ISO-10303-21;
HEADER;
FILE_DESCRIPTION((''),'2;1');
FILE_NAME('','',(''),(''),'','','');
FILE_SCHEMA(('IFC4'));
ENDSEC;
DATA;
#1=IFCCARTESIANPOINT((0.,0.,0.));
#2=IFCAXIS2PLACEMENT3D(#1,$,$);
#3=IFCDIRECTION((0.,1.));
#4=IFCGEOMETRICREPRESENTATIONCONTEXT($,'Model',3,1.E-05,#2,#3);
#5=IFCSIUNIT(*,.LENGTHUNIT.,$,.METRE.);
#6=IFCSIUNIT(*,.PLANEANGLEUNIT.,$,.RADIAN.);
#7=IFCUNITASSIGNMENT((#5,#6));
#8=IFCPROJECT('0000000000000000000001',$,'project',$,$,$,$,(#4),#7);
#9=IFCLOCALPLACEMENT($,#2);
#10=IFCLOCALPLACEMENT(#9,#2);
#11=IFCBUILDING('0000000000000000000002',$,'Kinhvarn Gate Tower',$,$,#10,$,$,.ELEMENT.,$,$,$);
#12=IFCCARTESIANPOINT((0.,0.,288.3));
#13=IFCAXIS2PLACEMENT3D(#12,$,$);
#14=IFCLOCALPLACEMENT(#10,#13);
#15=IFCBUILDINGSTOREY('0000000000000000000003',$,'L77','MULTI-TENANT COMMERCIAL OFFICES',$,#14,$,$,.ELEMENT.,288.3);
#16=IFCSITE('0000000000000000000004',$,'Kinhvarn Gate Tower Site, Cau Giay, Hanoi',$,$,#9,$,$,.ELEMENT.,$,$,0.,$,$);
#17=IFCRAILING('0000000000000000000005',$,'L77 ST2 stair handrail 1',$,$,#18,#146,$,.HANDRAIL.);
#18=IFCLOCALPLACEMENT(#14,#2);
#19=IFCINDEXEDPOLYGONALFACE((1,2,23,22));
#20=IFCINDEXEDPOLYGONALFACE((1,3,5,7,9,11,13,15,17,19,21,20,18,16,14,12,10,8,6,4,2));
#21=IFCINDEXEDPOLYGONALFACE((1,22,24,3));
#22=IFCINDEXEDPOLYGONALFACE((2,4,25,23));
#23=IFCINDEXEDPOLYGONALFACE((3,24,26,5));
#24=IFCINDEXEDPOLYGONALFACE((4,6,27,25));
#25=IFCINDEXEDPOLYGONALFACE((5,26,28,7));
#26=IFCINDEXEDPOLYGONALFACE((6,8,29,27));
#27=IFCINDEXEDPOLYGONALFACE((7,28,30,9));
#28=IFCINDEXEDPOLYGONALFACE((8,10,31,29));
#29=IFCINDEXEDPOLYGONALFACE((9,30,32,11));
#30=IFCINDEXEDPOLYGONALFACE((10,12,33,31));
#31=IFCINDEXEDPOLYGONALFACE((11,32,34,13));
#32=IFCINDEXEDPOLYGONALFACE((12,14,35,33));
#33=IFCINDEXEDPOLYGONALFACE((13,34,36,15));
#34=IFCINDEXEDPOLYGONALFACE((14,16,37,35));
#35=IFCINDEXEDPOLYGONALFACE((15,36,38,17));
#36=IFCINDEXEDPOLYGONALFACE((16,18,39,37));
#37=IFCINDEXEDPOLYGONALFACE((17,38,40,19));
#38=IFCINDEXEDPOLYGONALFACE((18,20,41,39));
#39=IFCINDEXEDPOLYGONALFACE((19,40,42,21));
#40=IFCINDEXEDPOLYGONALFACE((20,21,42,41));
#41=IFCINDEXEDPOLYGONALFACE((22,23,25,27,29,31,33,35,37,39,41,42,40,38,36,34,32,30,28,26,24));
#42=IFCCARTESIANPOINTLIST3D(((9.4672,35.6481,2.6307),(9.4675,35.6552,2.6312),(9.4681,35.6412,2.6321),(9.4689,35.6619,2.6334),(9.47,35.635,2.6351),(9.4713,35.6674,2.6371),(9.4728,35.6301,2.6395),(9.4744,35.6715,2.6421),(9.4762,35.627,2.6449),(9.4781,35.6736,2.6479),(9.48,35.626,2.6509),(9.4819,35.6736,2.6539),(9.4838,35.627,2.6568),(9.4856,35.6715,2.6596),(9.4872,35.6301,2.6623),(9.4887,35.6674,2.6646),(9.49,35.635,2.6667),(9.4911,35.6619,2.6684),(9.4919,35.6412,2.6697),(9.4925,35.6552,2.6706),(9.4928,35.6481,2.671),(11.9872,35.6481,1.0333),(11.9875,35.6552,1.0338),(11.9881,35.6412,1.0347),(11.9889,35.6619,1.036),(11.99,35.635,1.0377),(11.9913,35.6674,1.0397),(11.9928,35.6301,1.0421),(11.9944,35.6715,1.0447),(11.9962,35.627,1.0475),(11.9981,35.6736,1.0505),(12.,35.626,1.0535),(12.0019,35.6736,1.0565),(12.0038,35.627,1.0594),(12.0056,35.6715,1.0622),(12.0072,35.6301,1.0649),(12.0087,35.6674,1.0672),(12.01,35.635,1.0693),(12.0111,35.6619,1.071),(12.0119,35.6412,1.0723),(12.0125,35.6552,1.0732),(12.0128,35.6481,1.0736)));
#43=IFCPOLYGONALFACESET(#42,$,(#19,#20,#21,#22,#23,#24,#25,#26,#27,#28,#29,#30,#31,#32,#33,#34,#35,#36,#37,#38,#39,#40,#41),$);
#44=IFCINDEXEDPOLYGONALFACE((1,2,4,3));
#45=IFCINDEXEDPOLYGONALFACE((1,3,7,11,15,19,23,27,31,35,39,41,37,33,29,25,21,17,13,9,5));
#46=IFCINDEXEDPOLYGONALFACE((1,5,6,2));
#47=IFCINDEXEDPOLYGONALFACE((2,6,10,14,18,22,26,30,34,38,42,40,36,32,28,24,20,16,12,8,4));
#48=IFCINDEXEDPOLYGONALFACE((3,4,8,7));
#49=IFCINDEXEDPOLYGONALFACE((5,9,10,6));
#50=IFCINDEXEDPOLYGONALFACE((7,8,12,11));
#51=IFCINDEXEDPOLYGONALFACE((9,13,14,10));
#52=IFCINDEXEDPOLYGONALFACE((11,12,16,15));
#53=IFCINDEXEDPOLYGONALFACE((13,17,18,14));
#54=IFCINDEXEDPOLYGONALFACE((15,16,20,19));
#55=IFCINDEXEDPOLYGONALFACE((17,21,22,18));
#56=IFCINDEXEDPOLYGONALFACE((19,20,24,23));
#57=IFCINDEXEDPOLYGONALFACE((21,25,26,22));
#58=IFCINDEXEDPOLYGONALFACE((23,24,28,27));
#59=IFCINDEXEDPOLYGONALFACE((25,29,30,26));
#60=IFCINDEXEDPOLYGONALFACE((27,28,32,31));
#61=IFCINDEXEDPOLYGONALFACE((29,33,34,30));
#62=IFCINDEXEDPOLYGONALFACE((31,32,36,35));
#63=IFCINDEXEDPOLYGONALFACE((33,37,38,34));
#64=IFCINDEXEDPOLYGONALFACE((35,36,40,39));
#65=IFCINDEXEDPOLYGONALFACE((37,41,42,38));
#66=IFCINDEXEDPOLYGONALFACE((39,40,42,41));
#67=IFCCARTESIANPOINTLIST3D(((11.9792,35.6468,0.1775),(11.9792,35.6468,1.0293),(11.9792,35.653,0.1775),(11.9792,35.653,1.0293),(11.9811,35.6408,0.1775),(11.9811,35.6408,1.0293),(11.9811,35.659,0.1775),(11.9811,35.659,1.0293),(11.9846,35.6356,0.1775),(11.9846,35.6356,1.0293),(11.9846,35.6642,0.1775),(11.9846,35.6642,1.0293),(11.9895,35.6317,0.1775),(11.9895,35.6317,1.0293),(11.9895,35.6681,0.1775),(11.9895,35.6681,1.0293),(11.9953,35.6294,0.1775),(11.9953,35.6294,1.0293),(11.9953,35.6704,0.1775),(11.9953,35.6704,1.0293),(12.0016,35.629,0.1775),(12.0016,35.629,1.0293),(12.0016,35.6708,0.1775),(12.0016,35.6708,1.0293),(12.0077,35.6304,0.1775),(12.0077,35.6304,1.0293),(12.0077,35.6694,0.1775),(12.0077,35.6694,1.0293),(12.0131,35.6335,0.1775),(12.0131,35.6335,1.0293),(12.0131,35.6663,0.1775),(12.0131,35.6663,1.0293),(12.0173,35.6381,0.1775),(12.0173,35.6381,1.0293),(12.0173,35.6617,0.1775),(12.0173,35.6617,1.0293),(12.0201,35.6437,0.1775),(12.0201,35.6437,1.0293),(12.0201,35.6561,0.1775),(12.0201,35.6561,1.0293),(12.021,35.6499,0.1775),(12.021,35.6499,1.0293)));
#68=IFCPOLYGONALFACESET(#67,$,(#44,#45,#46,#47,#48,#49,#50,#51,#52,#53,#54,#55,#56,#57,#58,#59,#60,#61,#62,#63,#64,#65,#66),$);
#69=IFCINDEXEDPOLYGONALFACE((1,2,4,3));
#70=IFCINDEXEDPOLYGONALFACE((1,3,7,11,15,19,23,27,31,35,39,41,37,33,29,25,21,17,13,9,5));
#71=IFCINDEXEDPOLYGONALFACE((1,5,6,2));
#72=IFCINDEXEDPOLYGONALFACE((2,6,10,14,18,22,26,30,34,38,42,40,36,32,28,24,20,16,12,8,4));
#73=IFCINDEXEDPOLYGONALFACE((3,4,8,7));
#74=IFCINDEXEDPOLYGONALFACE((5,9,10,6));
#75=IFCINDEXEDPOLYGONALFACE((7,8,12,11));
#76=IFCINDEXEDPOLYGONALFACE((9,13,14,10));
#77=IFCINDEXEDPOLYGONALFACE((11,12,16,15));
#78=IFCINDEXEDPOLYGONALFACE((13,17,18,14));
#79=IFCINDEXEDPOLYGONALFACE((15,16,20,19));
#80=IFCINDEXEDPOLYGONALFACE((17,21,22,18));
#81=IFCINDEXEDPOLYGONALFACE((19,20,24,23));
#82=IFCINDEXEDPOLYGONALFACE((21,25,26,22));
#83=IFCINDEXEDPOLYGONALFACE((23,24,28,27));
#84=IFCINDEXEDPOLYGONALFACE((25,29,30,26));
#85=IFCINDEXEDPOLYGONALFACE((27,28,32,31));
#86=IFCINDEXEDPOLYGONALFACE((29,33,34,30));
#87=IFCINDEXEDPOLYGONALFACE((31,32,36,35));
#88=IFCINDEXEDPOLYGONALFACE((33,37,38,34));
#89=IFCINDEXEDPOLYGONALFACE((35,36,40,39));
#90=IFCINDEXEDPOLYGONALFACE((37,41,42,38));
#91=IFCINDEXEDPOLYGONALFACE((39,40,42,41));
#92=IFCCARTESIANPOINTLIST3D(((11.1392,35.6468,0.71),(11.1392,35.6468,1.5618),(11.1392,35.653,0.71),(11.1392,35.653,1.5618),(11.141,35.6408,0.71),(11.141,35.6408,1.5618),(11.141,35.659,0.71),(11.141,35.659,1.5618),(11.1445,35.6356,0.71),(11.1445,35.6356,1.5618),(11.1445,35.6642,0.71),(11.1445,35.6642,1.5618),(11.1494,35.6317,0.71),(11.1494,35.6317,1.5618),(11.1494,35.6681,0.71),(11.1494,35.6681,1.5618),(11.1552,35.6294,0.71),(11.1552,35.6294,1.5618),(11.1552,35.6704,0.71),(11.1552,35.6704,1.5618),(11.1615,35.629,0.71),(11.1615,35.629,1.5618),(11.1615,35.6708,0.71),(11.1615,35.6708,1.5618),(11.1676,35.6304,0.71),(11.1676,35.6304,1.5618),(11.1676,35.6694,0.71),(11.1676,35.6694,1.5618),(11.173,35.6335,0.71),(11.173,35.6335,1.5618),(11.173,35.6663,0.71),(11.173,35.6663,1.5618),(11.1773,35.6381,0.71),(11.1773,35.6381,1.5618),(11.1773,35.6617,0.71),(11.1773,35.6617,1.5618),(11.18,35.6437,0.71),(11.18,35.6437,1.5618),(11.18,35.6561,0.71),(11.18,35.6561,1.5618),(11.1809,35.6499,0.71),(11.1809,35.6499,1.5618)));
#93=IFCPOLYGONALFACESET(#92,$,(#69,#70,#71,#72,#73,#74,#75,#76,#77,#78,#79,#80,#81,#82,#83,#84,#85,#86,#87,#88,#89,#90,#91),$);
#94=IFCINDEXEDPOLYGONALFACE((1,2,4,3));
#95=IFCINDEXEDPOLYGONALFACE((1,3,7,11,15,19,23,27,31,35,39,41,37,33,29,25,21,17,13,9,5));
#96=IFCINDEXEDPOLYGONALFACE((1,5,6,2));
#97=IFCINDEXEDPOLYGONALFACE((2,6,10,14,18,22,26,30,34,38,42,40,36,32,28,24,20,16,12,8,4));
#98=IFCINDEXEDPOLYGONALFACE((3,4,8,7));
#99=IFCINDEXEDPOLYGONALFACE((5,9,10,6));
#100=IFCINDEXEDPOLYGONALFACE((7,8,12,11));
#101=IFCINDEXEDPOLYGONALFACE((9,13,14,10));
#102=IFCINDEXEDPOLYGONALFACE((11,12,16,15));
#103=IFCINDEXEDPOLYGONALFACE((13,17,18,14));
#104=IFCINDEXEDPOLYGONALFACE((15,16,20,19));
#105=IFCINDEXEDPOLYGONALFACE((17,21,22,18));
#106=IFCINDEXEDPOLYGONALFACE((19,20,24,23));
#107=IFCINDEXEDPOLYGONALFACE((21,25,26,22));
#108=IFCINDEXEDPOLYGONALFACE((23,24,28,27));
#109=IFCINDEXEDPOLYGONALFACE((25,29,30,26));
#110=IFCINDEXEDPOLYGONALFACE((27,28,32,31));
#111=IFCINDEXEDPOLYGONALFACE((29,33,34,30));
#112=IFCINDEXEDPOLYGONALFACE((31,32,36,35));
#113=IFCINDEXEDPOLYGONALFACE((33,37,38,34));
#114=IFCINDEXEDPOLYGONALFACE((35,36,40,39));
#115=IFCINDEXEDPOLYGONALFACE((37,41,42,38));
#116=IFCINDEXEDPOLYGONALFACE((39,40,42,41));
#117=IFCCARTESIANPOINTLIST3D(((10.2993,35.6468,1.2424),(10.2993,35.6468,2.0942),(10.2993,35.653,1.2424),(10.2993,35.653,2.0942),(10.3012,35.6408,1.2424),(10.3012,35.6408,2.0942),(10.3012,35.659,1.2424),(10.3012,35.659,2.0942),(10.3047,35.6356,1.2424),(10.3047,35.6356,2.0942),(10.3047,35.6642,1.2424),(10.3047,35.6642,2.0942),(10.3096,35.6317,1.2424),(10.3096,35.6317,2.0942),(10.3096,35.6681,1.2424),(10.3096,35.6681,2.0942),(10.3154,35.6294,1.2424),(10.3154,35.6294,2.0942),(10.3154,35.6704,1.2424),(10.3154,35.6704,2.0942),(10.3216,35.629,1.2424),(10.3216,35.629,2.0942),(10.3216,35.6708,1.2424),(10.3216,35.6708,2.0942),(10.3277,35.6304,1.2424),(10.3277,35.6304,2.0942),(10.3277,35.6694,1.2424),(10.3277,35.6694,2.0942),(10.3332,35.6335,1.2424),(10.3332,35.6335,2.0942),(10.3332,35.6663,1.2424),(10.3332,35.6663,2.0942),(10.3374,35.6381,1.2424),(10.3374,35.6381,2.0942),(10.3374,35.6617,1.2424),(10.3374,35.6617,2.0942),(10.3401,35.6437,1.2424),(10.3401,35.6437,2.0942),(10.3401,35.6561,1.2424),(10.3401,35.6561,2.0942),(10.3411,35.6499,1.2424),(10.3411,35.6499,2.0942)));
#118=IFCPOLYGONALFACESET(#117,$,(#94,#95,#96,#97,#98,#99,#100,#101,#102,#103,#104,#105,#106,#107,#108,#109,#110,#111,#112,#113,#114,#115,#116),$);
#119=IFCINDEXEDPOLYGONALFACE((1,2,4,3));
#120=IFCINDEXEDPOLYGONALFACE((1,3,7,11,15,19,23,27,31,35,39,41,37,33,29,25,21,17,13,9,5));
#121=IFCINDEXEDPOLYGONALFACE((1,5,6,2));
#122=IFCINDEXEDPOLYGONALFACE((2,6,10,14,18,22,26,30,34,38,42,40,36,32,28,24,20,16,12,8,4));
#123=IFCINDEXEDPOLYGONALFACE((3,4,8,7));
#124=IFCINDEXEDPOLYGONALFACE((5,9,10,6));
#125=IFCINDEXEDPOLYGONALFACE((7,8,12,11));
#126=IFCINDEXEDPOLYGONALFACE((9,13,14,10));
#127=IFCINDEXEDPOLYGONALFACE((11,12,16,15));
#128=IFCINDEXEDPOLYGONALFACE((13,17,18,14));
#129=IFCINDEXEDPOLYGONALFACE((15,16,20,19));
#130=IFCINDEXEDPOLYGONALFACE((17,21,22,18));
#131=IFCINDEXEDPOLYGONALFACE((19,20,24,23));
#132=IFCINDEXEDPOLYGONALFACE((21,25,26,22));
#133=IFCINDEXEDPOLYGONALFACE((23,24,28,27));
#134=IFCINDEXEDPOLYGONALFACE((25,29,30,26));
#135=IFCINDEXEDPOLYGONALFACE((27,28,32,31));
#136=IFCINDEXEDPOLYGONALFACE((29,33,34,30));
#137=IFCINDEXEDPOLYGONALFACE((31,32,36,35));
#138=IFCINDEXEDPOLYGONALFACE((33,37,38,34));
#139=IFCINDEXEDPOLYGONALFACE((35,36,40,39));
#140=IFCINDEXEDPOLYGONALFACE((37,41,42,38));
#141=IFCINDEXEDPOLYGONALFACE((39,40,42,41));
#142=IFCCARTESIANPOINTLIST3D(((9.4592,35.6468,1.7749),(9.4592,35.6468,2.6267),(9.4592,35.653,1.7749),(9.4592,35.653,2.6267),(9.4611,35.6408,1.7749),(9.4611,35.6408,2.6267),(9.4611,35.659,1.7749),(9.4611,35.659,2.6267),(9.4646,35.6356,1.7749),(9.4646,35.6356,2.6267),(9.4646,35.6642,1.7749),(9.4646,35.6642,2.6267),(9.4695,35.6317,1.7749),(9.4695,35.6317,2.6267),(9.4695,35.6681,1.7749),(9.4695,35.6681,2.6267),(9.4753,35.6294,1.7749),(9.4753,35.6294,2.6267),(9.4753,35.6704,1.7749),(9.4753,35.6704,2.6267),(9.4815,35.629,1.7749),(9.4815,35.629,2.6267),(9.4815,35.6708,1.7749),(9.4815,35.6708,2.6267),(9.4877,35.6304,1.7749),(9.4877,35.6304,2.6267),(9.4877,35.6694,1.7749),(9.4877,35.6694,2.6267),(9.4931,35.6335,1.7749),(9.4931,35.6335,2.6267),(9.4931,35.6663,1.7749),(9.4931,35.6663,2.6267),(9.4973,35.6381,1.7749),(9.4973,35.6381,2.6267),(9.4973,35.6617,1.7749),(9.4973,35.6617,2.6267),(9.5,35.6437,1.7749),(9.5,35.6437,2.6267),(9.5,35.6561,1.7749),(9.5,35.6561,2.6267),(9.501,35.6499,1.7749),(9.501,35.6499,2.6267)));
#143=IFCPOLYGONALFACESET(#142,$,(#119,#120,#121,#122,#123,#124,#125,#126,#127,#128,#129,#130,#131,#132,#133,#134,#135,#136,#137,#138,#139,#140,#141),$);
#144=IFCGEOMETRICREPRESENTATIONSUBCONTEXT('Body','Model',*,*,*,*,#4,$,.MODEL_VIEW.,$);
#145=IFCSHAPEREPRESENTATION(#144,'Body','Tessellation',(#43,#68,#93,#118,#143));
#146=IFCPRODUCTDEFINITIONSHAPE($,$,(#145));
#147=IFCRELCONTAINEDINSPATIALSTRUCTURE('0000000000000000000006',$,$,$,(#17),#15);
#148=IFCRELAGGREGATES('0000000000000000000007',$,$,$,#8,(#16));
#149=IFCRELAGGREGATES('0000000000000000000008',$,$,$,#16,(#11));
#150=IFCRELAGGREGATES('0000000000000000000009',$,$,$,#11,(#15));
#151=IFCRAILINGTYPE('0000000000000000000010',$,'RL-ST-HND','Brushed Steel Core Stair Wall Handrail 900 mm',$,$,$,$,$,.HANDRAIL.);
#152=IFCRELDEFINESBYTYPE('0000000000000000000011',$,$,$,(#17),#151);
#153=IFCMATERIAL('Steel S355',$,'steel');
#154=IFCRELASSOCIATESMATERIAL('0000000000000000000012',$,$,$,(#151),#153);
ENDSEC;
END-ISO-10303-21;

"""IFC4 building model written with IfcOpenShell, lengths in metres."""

from ifc_helpers import new_model, si_unit, direction, frame, origin, origin_2d, place, context, subcontext, project, spatial, circle, extrude, material, type_object, element, save


model = new_model("IFC4")

# Units and contexts
model_context = context("Model", 3, precision=1e-05, world=origin(), true_north=direction((0.0, 1.0)))
body_context = subcontext(model_context, "Body", "Model", "MODEL_VIEW")
ifc_project = project(units=[si_unit("LENGTHUNIT", "METRE"), si_unit("PLANEANGLEUNIT", "RADIAN")], contexts=[model_context])

# Site, building, storey
site_placement = place(None, origin())
site = spatial("IfcSite", under=ifc_project, at=site_placement, Name="Kinhvarn Gate Tower Site, Cau Giay, Hanoi", CompositionType="ELEMENT", RefElevation=0.0)
building_placement = place(site_placement, origin())
building = spatial("IfcBuilding", under=site, at=building_placement, Name="Kinhvarn Gate Tower", CompositionType="ELEMENT")
storey_placement = place(building_placement, frame((0.0, 0.0, 288.3)))
storey = spatial("IfcBuildingStorey", under=building, at=storey_placement, Name="L77", Description="MULTI-TENANT COMMERCIAL OFFICES", CompositionType="ELEMENT", Elevation=288.3)

# Shared definitions
ifc_material_1 = material(Name="Steel S355", Category="steel")

# Railing
railing_type_1 = type_object("IfcRailingType", Name="RL-ST-HND", Description="Brushed Steel Core Stair Wall Handrail 900 mm", PredefinedType="HANDRAIL", material=ifc_material_1)
railing_1_placement = place(storey_placement, frame((12.0, 35.6499, 0.1775)))
element("IfcRailing", 1, at=railing_1_placement, inside=storey, type_object=railing_type_1, Name="L77 ST2 stair handrail 1", PredefinedType="HANDRAIL", context=body_context, shape_type="SweptSolid", body=[
    extrude(circle(Radius=0.0239, at=origin_2d()), frame((0.0, 0.0, 0.876), z_axis=(-0.844607, 0.0, 0.535387), x_axis=(0.0, -1.0, 0.0)), (0.0, 0.0, 1.0), 2.9836),
    extrude(circle(Radius=0.021, at=origin_2d()), origin(), (0.0, 0.0, 1.0), 0.8518),
    extrude(circle(Radius=0.021, at=origin_2d()), frame((-0.8401, 0.0, 0.5325)), (0.0, 0.0, 1.0), 0.8518),
    extrude(circle(Radius=0.021, at=origin_2d()), frame((-1.6799, 0.0, 1.0649)), (0.0, 0.0, 1.0), 0.8518),
    extrude(circle(Radius=0.021, at=origin_2d()), frame((-2.52, 0.0, 1.5974)), (0.0, 0.0, 1.0), 0.8518),
])

save(model, "model.ifc")
